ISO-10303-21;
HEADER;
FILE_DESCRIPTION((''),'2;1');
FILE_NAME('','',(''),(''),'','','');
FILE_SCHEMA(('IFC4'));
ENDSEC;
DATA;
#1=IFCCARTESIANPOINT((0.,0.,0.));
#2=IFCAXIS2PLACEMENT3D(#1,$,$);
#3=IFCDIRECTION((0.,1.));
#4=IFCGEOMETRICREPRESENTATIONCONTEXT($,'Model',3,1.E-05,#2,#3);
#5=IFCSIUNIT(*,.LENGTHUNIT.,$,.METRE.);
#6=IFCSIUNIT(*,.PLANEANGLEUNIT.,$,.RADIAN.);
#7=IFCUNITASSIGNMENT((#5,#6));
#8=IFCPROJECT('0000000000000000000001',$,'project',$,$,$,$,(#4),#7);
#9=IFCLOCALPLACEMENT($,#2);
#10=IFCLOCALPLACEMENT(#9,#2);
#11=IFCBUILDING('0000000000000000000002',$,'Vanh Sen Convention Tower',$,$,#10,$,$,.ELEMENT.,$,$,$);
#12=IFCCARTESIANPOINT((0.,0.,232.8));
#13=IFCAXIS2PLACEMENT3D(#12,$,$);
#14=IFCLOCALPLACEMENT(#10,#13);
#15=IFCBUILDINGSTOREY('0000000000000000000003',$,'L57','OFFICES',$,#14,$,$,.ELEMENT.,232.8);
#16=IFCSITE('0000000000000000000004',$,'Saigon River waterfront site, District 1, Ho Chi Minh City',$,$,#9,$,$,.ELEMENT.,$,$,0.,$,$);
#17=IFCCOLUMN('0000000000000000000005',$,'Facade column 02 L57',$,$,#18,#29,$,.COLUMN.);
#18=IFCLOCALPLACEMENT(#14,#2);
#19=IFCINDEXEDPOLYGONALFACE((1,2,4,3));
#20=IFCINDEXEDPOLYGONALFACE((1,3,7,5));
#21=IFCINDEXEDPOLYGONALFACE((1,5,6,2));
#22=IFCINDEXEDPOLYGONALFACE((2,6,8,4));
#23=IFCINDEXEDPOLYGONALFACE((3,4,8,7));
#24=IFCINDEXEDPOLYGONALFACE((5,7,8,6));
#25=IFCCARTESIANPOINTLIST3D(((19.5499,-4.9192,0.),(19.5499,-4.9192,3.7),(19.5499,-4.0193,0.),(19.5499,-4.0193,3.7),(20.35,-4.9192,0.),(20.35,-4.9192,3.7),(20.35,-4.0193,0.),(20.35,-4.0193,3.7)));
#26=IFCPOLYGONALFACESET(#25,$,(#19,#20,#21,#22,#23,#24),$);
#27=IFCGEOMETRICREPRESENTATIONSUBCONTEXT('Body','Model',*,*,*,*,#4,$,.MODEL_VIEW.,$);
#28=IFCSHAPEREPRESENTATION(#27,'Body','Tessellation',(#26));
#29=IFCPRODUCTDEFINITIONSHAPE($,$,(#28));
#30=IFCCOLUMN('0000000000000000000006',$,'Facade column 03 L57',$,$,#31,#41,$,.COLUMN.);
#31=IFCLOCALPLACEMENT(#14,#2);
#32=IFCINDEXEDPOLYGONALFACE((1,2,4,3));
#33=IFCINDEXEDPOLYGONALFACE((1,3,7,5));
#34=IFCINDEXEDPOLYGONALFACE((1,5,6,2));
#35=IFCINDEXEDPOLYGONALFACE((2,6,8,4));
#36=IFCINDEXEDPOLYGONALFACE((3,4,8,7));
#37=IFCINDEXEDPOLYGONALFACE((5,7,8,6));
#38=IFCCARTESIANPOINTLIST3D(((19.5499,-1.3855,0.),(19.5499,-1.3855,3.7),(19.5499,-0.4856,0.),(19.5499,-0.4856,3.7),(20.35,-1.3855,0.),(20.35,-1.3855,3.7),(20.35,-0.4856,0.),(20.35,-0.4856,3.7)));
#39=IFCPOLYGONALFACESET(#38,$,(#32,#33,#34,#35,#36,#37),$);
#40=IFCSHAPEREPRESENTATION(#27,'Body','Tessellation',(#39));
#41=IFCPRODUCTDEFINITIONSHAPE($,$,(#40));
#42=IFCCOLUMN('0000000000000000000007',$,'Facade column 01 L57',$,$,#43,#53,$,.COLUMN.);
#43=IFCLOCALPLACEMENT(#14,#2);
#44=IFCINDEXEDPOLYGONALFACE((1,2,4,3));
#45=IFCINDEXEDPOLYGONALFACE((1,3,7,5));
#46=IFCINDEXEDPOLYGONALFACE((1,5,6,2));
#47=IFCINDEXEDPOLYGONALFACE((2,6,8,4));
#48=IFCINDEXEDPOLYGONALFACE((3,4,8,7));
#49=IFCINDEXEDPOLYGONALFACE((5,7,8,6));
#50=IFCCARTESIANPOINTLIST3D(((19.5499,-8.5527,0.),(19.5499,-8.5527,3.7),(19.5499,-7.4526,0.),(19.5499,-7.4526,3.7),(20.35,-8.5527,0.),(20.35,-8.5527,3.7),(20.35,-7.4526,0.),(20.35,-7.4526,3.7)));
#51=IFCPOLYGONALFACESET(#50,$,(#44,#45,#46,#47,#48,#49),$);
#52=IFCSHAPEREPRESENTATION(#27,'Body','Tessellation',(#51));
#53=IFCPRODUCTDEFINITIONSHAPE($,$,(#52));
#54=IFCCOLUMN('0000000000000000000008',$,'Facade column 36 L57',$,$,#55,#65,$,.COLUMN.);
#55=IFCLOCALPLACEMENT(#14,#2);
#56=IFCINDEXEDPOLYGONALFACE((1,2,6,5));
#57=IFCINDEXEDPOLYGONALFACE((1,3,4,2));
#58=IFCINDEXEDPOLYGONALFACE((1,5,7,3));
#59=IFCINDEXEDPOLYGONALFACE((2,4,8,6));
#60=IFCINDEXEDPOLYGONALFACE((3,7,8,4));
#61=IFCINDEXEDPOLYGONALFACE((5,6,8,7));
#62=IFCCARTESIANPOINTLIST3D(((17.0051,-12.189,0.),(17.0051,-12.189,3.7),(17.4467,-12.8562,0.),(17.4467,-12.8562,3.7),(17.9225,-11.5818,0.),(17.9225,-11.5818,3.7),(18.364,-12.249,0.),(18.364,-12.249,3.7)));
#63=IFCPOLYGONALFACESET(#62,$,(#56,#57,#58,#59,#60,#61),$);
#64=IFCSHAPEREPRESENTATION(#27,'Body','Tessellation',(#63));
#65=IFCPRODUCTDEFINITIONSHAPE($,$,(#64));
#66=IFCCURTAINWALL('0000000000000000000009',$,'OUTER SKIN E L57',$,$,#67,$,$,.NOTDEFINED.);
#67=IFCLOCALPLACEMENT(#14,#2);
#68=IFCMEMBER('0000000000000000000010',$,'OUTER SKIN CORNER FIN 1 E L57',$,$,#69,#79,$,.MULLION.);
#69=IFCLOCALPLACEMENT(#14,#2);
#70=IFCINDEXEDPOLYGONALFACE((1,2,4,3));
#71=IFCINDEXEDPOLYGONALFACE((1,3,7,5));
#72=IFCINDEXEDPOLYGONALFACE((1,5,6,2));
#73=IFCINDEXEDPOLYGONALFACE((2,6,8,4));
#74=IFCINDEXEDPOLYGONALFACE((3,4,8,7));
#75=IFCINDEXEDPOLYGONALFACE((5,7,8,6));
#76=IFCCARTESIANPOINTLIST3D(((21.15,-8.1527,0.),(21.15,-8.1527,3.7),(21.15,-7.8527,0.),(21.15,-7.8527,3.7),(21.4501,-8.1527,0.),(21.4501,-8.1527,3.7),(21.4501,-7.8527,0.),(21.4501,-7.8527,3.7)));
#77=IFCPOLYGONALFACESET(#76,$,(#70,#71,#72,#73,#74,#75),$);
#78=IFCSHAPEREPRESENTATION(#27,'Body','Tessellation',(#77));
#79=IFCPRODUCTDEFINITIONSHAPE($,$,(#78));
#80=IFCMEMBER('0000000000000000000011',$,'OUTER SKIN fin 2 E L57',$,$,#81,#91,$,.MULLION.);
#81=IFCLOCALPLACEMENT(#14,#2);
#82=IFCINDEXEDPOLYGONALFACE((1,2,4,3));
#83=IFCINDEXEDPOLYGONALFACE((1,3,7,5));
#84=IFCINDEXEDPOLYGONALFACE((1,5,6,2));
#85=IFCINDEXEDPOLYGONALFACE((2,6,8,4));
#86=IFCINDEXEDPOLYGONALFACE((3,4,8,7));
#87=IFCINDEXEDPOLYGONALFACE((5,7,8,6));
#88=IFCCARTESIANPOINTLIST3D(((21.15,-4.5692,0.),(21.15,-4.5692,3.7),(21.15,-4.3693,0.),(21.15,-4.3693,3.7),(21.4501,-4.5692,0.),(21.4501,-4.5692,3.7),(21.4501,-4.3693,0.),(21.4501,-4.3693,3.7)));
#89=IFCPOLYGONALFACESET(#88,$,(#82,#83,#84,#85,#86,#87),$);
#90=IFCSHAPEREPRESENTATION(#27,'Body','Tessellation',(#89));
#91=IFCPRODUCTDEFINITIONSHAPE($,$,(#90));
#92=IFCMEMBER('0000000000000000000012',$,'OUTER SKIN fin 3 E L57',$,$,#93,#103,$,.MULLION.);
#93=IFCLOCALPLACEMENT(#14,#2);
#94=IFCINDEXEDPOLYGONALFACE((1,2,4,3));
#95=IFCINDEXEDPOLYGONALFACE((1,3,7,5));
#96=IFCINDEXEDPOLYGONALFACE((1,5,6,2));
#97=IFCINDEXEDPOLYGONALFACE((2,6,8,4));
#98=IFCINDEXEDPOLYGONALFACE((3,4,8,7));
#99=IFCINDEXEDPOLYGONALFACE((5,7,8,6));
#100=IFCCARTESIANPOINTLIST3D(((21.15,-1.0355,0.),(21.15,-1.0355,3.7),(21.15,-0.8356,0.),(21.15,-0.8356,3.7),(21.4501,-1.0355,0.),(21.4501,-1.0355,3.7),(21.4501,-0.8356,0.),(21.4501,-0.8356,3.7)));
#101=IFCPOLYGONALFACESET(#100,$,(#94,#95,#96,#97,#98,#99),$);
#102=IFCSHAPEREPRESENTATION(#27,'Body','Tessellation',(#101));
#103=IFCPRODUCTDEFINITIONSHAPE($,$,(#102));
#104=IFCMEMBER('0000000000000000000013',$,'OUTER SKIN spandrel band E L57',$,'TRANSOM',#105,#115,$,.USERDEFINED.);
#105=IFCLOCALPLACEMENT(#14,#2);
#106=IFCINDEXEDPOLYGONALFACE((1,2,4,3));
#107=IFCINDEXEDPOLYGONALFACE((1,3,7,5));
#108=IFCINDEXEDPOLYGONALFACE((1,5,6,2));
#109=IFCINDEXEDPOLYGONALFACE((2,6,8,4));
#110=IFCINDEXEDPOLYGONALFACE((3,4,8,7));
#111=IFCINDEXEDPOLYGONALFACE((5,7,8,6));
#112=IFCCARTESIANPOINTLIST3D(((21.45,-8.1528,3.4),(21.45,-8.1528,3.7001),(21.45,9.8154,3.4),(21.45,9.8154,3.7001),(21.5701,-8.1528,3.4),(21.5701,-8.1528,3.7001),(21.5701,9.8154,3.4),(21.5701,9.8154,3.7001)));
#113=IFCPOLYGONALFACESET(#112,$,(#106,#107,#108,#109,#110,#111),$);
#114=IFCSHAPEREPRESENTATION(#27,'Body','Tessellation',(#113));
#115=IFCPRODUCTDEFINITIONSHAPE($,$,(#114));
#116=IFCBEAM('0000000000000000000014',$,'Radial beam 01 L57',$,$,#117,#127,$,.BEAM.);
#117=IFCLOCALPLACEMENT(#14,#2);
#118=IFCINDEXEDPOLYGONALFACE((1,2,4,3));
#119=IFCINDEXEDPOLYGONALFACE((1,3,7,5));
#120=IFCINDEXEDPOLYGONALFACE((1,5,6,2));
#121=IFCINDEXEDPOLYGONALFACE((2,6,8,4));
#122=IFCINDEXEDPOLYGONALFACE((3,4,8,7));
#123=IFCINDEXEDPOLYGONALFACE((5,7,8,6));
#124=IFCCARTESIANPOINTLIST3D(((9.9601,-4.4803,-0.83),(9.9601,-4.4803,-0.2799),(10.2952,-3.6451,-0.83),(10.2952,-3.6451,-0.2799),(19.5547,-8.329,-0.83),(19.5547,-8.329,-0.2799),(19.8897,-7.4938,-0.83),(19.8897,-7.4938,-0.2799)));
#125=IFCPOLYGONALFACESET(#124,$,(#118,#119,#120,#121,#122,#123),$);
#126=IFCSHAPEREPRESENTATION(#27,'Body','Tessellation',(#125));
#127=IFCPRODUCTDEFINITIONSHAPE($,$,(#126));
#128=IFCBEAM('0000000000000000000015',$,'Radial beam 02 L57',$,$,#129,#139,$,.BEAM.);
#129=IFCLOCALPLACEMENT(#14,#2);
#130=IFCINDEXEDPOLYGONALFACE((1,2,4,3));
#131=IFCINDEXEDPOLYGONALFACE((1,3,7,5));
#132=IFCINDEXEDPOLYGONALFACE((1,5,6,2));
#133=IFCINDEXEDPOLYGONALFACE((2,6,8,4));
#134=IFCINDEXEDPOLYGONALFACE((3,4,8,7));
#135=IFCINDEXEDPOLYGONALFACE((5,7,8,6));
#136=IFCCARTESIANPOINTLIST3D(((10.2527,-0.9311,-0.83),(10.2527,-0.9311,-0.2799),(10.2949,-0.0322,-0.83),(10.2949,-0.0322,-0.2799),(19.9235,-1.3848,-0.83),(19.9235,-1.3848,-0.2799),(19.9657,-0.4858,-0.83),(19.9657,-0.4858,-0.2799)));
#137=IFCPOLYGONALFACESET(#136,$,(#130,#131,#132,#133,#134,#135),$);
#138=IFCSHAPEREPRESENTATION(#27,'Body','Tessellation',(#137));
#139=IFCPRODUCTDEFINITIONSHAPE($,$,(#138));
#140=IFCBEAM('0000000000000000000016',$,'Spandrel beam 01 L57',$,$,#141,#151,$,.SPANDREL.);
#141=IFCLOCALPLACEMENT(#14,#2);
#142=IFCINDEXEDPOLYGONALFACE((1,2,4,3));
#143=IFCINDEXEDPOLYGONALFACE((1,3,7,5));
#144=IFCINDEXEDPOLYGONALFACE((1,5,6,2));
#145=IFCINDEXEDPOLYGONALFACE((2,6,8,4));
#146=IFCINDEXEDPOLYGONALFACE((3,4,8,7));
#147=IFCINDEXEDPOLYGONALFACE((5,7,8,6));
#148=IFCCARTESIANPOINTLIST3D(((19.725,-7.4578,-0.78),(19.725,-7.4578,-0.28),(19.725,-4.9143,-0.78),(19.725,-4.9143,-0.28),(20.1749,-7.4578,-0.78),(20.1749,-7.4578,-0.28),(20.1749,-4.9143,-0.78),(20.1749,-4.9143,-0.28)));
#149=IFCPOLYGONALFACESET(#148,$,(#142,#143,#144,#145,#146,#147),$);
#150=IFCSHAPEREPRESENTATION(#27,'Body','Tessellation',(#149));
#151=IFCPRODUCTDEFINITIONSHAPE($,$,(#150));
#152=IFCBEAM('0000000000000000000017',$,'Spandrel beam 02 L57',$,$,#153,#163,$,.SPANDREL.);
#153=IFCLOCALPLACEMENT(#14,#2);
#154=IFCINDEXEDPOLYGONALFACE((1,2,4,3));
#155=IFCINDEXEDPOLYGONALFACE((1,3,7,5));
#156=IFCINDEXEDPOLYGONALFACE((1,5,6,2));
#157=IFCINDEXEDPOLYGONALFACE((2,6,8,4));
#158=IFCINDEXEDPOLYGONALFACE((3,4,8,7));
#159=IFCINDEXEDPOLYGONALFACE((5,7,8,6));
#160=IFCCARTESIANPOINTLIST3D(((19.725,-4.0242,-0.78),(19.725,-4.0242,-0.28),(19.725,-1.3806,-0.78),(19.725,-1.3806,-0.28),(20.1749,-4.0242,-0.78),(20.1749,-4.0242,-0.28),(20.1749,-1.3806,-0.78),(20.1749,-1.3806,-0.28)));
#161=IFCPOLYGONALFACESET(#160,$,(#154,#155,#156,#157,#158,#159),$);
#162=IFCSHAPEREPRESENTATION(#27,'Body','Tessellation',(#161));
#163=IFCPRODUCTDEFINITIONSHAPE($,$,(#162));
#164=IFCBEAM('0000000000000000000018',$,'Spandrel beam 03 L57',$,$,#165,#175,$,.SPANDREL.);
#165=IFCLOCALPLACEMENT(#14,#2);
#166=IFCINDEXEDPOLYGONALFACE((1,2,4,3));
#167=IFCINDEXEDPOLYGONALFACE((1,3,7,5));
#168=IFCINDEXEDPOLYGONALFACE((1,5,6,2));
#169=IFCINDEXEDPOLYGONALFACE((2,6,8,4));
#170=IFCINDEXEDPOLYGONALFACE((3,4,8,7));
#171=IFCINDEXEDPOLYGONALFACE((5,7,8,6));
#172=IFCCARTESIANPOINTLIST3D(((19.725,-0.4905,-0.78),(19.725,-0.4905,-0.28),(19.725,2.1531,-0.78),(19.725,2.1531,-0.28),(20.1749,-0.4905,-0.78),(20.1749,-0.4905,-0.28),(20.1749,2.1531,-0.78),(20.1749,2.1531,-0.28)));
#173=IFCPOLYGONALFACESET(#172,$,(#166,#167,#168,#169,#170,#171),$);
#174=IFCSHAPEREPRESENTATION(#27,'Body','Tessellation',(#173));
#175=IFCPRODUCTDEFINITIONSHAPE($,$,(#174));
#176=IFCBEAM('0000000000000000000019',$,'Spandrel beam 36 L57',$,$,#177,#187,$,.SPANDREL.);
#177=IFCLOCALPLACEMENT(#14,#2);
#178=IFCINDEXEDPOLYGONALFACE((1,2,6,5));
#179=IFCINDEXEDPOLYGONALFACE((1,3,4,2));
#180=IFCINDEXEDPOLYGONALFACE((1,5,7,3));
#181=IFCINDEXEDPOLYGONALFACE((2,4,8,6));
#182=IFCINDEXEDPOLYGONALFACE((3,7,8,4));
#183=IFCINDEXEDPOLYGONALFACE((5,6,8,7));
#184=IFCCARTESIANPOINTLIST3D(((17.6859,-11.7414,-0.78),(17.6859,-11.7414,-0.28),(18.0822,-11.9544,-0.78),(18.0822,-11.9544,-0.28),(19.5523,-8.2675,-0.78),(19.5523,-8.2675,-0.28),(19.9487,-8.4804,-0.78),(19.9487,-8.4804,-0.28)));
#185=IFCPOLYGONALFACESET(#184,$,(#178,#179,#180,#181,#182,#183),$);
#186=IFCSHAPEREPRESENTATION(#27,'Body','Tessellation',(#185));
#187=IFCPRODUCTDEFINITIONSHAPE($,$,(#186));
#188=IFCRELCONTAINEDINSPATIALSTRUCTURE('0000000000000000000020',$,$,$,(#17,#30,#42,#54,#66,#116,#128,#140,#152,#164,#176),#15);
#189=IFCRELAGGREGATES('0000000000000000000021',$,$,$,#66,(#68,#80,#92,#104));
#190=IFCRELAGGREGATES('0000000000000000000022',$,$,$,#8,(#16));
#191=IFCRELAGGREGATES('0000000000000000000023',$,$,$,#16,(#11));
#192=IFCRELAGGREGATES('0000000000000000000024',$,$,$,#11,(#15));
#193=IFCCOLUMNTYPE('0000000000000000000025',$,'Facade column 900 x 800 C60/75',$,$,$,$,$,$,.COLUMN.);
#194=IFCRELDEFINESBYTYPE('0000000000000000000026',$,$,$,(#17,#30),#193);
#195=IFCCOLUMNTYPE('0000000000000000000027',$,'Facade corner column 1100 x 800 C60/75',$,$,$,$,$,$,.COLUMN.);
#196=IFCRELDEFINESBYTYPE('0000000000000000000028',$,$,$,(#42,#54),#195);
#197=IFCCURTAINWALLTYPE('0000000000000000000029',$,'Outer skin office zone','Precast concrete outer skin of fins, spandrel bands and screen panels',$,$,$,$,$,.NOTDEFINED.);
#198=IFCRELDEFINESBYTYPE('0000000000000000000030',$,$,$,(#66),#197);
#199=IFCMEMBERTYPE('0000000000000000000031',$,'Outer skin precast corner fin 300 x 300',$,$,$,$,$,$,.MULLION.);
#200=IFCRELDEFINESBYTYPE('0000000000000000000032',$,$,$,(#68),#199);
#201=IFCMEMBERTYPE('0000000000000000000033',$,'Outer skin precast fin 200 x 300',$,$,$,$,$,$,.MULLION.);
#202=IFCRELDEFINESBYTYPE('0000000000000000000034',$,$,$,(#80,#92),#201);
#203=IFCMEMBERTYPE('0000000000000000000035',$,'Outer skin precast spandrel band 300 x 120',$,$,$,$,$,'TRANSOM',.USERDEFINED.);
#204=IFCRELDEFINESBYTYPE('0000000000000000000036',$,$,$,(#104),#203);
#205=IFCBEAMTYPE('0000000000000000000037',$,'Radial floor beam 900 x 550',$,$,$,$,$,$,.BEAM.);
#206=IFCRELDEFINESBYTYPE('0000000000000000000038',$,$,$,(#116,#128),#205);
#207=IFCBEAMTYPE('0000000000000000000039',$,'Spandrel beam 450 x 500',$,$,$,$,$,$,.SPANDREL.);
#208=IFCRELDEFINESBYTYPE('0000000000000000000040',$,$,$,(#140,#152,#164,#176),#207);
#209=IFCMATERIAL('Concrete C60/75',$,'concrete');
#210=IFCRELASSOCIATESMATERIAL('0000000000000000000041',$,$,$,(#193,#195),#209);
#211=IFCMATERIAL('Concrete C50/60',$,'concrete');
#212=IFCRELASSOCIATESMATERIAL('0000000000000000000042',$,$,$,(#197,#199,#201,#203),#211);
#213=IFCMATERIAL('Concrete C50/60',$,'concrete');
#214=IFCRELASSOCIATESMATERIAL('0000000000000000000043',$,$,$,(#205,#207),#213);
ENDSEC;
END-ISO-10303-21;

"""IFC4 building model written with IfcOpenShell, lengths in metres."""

from ifc_helpers import new_model, si_unit, direction, frame, origin, origin_2d, place, context, subcontext, project, spatial, rectangle, extrude, material, material_profile, profile_set, type_object, element, aggregate, save


model = new_model("IFC4")

# Units and contexts
model_context = context("Model", 3, precision=1e-05, world=origin(), true_north=direction((0.0, 1.0)))
body_context = subcontext(model_context, "Body", "Model", "MODEL_VIEW")
ifc_project = project(units=[si_unit("LENGTHUNIT", "METRE"), si_unit("PLANEANGLEUNIT", "RADIAN")], contexts=[model_context])

# Site, building, storey
site_placement = place(None, origin())
site = spatial("IfcSite", under=ifc_project, at=site_placement, Name="Saigon River waterfront site, District 1, Ho Chi Minh City", CompositionType="ELEMENT", RefElevation=0.0)
building_placement = place(site_placement, origin())
building = spatial("IfcBuilding", under=site, at=building_placement, Name="Vanh Sen Convention Tower", CompositionType="ELEMENT")
storey_placement = place(building_placement, frame((0.0, 0.0, 232.8)))
storey = spatial("IfcBuildingStorey", under=building, at=storey_placement, Name="L57", Description="OFFICES", CompositionType="ELEMENT", Elevation=232.8)

# Columns
ifc_material_1 = material(Name="Concrete C60/75", Category="concrete")
ifc_material_profile_1 = material_profile(ifc_material_1, rectangle(XDim=0.8999, YDim=0.8, at=origin_2d()), Name="RC 900X800")
ifc_profile_set_1 = profile_set([ifc_material_profile_1], Name="Concrete C60/75")
column_type_1 = type_object("IfcColumnType", Name="Facade column 900 x 800 C60/75", PredefinedType="COLUMN", material=ifc_profile_set_1)
for number, where, z_axis, x_axis, name in (
    (1, (19.95, -4.4692, 0.0), (0.0, 0.0, 1.0), (0.0, 1.0, 0.0), "Facade column 02 L57"),
    (2, (19.95, -0.9355, 0.0), (0.0, 0.0, 1.0), (0.0, 1.0, 0.0), "Facade column 03 L57"),
):
    element("IfcColumn", number, at=place(storey_placement, frame(where, z_axis=z_axis, x_axis=x_axis)), inside=storey, type_object=column_type_1, Name=name, PredefinedType="COLUMN", context=body_context, shape_type="SweptSolid", body=[
        extrude(rectangle(XDim=0.8999, YDim=0.8, at=origin_2d()), origin(), (0.0, 0.0, 1.0), 3.7),
    ])
ifc_material_profile_2 = material_profile(ifc_material_1, rectangle(XDim=1.1001, YDim=0.8, at=origin_2d()), Name="RC 1100X800")
ifc_profile_set_2 = profile_set([ifc_material_profile_2], Name="Concrete C60/75")
column_type_2 = type_object("IfcColumnType", Name="Facade corner column 1100 x 800 C60/75", PredefinedType="COLUMN", material=ifc_profile_set_2)
for number, where, z_axis, x_axis, name in (
    (3, (19.95, -8.0027, 0.0), (0.0, 0.0, 1.0), (0.0, 1.0, 0.0), "Facade column 01 L57"),
    (4, (17.6846, -12.219, 0.0), (0.0, 0.0, 1.0), (0.833886, 0.551937, 0.0), "Facade column 36 L57"),
):
    element("IfcColumn", number, at=place(storey_placement, frame(where, z_axis=z_axis, x_axis=x_axis)), inside=storey, type_object=column_type_2, Name=name, PredefinedType="COLUMN", context=body_context, shape_type="SweptSolid", body=[
        extrude(rectangle(XDim=1.1001, YDim=0.8, at=origin_2d()), origin(), (0.0, 0.0, 1.0), 3.7),
    ])

# Curtain wall, members
ifc_material_2 = material(Name="Concrete C50/60", Category="concrete")
curtain_wall_type = type_object("IfcCurtainWallType", Name="Outer skin office zone", Description="Precast concrete outer skin of fins, spandrel bands and screen panels", PredefinedType="NOTDEFINED", material=ifc_material_2)
curtain_wall_1_placement = place(storey_placement, origin())
curtain_wall_1 = element("IfcCurtainWall", 5, at=curtain_wall_1_placement, inside=storey, type_object=curtain_wall_type, Name="OUTER SKIN E L57", PredefinedType="NOTDEFINED")
ifc_material_profile_3 = material_profile(ifc_material_2, rectangle(XDim=0.3, YDim=0.3, at=origin_2d()), Name="Outer skin precast corner fin 300 x 300")
ifc_profile_set_3 = profile_set([ifc_material_profile_3], Name="Concrete C50/60")
member_type_1 = type_object("IfcMemberType", Name="Outer skin precast corner fin 300 x 300", PredefinedType="MULLION", material=ifc_profile_set_3)
member_1_placement = place(storey_placement, frame((21.3, -8.0027, 0.0), z_axis=(0.0, 0.0, 1.0), x_axis=(0.0, 1.0, 0.0)))
member_1 = element("IfcMember", 6, at=member_1_placement, type_object=member_type_1, Name="OUTER SKIN CORNER FIN 1 E L57", PredefinedType="MULLION", context=body_context, shape_type="SweptSolid", body=[
    extrude(rectangle(XDim=0.3, YDim=0.3, at=origin_2d()), origin(), (0.0, 0.0, 1.0), 3.7),
])
ifc_material_profile_4 = material_profile(ifc_material_2, rectangle(XDim=0.2, YDim=0.3, at=origin_2d()), Name="Outer skin precast fin 200 x 300")
ifc_profile_set_4 = profile_set([ifc_material_profile_4], Name="Concrete C50/60")
member_type_2 = type_object("IfcMemberType", Name="Outer skin precast fin 200 x 300", PredefinedType="MULLION", material=ifc_profile_set_4)
member_2_placement = place(storey_placement, frame((21.3, -4.4692, 0.0), z_axis=(0.0, 0.0, 1.0), x_axis=(0.0, 1.0, 0.0)))
member_2 = element("IfcMember", 7, at=member_2_placement, type_object=member_type_2, Name="OUTER SKIN fin 2 E L57", PredefinedType="MULLION", context=body_context, shape_type="SweptSolid", body=[
    extrude(rectangle(XDim=0.2, YDim=0.3, at=origin_2d()), origin(), (0.0, 0.0, 1.0), 3.7),
])
member_3_placement = place(storey_placement, frame((21.3, -0.9355, 0.0), z_axis=(0.0, 0.0, 1.0), x_axis=(0.0, 1.0, 0.0)))
member_3 = element("IfcMember", 8, at=member_3_placement, type_object=member_type_2, Name="OUTER SKIN fin 3 E L57", PredefinedType="MULLION", context=body_context, shape_type="SweptSolid", body=[
    extrude(rectangle(XDim=0.2, YDim=0.3, at=origin_2d()), origin(), (0.0, 0.0, 1.0), 3.7),
])
ifc_material_profile_5 = material_profile(ifc_material_2, rectangle(XDim=0.1201, YDim=0.3, at=origin_2d()), Name="Outer skin precast spandrel band 300 x 120")
ifc_profile_set_5 = profile_set([ifc_material_profile_5], Name="Concrete C50/60")
member_type_3 = type_object("IfcMemberType", Name="Outer skin precast spandrel band 300 x 120", ElementType="TRANSOM", PredefinedType="USERDEFINED", material=ifc_profile_set_5)
member_4_placement = place(storey_placement, frame((21.51, -8.1528, 3.55), z_axis=(0.0, 1.0, 0.0), x_axis=(-1.0, 0.0, 0.0)))
member_4 = element("IfcMember", 9, at=member_4_placement, type_object=member_type_3, Name="OUTER SKIN spandrel band E L57", ObjectType="TRANSOM", PredefinedType="USERDEFINED", context=body_context, shape_type="SweptSolid", body=[
    extrude(rectangle(XDim=0.1201, YDim=0.3, at=origin_2d()), origin(), (0.0, 0.0, 1.0), 17.9683),
])

# Beams
ifc_material_3 = material(Name="Concrete C50/60", Category="concrete")
ifc_material_profile_6 = material_profile(ifc_material_3, rectangle(XDim=0.8999, YDim=0.55, at=origin_2d()), Name="RC 900X550")
ifc_profile_set_6 = profile_set([ifc_material_profile_6], Name="Concrete C50/60")
beam_type_1 = type_object("IfcBeamType", Name="Radial floor beam 900 x 550", PredefinedType="BEAM", material=ifc_profile_set_6)
beam_1_placement = place(storey_placement, frame((19.7222, -7.9114, -0.5549), z_axis=(-0.928115, 0.372294, 0.0), x_axis=(-0.372294, -0.928115, 0.0)))
element("IfcBeam", 10, at=beam_1_placement, inside=storey, type_object=beam_type_1, Name="Radial beam 01 L57", PredefinedType="BEAM", context=body_context, shape_type="SweptSolid", body=[
    extrude(rectangle(XDim=0.8999, YDim=0.55, at=origin_2d()), origin(), (0.0, 0.0, 1.0), 10.3376),
])
beam_2_placement = place(storey_placement, frame((19.9446, -0.9353, -0.5549), z_axis=(-0.998902, 0.046855, 0.0), x_axis=(-0.046855, -0.998902, 0.0)))
element("IfcBeam", 11, at=beam_2_placement, inside=storey, type_object=beam_type_1, Name="Radial beam 02 L57", PredefinedType="BEAM", context=body_context, shape_type="SweptSolid", body=[
    extrude(rectangle(XDim=0.8999, YDim=0.55, at=origin_2d()), origin(), (0.0, 0.0, 1.0), 9.6814),
])
ifc_material_profile_7 = material_profile(ifc_material_3, rectangle(XDim=0.45, YDim=0.5, at=origin_2d()), Name="RC 450X500")
ifc_profile_set_7 = profile_set([ifc_material_profile_7], Name="Concrete C50/60")
beam_type_2 = type_object("IfcBeamType", Name="Spandrel beam 450 x 500", PredefinedType="SPANDREL", material=ifc_profile_set_7)
beam_3_placement = place(storey_placement, frame((19.95, -7.4578, -0.53), z_axis=(0.0, 1.0, 0.0), x_axis=(-1.0, 0.0, 0.0)))
element("IfcBeam", 12, at=beam_3_placement, inside=storey, type_object=beam_type_2, Name="Spandrel beam 01 L57", PredefinedType="SPANDREL", context=body_context, shape_type="SweptSolid", body=[
    extrude(rectangle(XDim=0.45, YDim=0.5, at=origin_2d()), origin(), (0.0, 0.0, 1.0), 2.5435),
])
for number, where, z_axis, x_axis, name in (
    (13, (19.95, -4.0242, -0.53), (0.0, 1.0, 0.0), (-1.0, 0.0, 0.0), "Spandrel beam 02 L57"),
    (14, (19.95, -0.4905, -0.53), (0.0, 1.0, 0.0), (-1.0, 0.0, 0.0), "Spandrel beam 03 L57"),
):
    element("IfcBeam", number, at=place(storey_placement, frame(where, z_axis=z_axis, x_axis=x_axis)), inside=storey, type_object=beam_type_2, Name=name, PredefinedType="SPANDREL", context=body_context, shape_type="SweptSolid", body=[
        extrude(rectangle(XDim=0.45, YDim=0.5, at=origin_2d()), origin(), (0.0, 0.0, 1.0), 2.6436),
    ])
beam_4_placement = place(storey_placement, frame((17.884, -11.8479, -0.53), z_axis=(0.473295, 0.880904, 0.0), x_axis=(-0.880904, 0.473295, 0.0)))
element("IfcBeam", 15, at=beam_4_placement, inside=storey, type_object=beam_type_2, Name="Spandrel beam 36 L57", PredefinedType="SPANDREL", context=body_context, shape_type="SweptSolid", body=[
    extrude(rectangle(XDim=0.45, YDim=0.5, at=origin_2d()), origin(), (0.0, 0.0, 1.0), 3.9436),
])

aggregate(curtain_wall_1, [member_1, member_2, member_3, member_4])

save(model, "model.ifc")
